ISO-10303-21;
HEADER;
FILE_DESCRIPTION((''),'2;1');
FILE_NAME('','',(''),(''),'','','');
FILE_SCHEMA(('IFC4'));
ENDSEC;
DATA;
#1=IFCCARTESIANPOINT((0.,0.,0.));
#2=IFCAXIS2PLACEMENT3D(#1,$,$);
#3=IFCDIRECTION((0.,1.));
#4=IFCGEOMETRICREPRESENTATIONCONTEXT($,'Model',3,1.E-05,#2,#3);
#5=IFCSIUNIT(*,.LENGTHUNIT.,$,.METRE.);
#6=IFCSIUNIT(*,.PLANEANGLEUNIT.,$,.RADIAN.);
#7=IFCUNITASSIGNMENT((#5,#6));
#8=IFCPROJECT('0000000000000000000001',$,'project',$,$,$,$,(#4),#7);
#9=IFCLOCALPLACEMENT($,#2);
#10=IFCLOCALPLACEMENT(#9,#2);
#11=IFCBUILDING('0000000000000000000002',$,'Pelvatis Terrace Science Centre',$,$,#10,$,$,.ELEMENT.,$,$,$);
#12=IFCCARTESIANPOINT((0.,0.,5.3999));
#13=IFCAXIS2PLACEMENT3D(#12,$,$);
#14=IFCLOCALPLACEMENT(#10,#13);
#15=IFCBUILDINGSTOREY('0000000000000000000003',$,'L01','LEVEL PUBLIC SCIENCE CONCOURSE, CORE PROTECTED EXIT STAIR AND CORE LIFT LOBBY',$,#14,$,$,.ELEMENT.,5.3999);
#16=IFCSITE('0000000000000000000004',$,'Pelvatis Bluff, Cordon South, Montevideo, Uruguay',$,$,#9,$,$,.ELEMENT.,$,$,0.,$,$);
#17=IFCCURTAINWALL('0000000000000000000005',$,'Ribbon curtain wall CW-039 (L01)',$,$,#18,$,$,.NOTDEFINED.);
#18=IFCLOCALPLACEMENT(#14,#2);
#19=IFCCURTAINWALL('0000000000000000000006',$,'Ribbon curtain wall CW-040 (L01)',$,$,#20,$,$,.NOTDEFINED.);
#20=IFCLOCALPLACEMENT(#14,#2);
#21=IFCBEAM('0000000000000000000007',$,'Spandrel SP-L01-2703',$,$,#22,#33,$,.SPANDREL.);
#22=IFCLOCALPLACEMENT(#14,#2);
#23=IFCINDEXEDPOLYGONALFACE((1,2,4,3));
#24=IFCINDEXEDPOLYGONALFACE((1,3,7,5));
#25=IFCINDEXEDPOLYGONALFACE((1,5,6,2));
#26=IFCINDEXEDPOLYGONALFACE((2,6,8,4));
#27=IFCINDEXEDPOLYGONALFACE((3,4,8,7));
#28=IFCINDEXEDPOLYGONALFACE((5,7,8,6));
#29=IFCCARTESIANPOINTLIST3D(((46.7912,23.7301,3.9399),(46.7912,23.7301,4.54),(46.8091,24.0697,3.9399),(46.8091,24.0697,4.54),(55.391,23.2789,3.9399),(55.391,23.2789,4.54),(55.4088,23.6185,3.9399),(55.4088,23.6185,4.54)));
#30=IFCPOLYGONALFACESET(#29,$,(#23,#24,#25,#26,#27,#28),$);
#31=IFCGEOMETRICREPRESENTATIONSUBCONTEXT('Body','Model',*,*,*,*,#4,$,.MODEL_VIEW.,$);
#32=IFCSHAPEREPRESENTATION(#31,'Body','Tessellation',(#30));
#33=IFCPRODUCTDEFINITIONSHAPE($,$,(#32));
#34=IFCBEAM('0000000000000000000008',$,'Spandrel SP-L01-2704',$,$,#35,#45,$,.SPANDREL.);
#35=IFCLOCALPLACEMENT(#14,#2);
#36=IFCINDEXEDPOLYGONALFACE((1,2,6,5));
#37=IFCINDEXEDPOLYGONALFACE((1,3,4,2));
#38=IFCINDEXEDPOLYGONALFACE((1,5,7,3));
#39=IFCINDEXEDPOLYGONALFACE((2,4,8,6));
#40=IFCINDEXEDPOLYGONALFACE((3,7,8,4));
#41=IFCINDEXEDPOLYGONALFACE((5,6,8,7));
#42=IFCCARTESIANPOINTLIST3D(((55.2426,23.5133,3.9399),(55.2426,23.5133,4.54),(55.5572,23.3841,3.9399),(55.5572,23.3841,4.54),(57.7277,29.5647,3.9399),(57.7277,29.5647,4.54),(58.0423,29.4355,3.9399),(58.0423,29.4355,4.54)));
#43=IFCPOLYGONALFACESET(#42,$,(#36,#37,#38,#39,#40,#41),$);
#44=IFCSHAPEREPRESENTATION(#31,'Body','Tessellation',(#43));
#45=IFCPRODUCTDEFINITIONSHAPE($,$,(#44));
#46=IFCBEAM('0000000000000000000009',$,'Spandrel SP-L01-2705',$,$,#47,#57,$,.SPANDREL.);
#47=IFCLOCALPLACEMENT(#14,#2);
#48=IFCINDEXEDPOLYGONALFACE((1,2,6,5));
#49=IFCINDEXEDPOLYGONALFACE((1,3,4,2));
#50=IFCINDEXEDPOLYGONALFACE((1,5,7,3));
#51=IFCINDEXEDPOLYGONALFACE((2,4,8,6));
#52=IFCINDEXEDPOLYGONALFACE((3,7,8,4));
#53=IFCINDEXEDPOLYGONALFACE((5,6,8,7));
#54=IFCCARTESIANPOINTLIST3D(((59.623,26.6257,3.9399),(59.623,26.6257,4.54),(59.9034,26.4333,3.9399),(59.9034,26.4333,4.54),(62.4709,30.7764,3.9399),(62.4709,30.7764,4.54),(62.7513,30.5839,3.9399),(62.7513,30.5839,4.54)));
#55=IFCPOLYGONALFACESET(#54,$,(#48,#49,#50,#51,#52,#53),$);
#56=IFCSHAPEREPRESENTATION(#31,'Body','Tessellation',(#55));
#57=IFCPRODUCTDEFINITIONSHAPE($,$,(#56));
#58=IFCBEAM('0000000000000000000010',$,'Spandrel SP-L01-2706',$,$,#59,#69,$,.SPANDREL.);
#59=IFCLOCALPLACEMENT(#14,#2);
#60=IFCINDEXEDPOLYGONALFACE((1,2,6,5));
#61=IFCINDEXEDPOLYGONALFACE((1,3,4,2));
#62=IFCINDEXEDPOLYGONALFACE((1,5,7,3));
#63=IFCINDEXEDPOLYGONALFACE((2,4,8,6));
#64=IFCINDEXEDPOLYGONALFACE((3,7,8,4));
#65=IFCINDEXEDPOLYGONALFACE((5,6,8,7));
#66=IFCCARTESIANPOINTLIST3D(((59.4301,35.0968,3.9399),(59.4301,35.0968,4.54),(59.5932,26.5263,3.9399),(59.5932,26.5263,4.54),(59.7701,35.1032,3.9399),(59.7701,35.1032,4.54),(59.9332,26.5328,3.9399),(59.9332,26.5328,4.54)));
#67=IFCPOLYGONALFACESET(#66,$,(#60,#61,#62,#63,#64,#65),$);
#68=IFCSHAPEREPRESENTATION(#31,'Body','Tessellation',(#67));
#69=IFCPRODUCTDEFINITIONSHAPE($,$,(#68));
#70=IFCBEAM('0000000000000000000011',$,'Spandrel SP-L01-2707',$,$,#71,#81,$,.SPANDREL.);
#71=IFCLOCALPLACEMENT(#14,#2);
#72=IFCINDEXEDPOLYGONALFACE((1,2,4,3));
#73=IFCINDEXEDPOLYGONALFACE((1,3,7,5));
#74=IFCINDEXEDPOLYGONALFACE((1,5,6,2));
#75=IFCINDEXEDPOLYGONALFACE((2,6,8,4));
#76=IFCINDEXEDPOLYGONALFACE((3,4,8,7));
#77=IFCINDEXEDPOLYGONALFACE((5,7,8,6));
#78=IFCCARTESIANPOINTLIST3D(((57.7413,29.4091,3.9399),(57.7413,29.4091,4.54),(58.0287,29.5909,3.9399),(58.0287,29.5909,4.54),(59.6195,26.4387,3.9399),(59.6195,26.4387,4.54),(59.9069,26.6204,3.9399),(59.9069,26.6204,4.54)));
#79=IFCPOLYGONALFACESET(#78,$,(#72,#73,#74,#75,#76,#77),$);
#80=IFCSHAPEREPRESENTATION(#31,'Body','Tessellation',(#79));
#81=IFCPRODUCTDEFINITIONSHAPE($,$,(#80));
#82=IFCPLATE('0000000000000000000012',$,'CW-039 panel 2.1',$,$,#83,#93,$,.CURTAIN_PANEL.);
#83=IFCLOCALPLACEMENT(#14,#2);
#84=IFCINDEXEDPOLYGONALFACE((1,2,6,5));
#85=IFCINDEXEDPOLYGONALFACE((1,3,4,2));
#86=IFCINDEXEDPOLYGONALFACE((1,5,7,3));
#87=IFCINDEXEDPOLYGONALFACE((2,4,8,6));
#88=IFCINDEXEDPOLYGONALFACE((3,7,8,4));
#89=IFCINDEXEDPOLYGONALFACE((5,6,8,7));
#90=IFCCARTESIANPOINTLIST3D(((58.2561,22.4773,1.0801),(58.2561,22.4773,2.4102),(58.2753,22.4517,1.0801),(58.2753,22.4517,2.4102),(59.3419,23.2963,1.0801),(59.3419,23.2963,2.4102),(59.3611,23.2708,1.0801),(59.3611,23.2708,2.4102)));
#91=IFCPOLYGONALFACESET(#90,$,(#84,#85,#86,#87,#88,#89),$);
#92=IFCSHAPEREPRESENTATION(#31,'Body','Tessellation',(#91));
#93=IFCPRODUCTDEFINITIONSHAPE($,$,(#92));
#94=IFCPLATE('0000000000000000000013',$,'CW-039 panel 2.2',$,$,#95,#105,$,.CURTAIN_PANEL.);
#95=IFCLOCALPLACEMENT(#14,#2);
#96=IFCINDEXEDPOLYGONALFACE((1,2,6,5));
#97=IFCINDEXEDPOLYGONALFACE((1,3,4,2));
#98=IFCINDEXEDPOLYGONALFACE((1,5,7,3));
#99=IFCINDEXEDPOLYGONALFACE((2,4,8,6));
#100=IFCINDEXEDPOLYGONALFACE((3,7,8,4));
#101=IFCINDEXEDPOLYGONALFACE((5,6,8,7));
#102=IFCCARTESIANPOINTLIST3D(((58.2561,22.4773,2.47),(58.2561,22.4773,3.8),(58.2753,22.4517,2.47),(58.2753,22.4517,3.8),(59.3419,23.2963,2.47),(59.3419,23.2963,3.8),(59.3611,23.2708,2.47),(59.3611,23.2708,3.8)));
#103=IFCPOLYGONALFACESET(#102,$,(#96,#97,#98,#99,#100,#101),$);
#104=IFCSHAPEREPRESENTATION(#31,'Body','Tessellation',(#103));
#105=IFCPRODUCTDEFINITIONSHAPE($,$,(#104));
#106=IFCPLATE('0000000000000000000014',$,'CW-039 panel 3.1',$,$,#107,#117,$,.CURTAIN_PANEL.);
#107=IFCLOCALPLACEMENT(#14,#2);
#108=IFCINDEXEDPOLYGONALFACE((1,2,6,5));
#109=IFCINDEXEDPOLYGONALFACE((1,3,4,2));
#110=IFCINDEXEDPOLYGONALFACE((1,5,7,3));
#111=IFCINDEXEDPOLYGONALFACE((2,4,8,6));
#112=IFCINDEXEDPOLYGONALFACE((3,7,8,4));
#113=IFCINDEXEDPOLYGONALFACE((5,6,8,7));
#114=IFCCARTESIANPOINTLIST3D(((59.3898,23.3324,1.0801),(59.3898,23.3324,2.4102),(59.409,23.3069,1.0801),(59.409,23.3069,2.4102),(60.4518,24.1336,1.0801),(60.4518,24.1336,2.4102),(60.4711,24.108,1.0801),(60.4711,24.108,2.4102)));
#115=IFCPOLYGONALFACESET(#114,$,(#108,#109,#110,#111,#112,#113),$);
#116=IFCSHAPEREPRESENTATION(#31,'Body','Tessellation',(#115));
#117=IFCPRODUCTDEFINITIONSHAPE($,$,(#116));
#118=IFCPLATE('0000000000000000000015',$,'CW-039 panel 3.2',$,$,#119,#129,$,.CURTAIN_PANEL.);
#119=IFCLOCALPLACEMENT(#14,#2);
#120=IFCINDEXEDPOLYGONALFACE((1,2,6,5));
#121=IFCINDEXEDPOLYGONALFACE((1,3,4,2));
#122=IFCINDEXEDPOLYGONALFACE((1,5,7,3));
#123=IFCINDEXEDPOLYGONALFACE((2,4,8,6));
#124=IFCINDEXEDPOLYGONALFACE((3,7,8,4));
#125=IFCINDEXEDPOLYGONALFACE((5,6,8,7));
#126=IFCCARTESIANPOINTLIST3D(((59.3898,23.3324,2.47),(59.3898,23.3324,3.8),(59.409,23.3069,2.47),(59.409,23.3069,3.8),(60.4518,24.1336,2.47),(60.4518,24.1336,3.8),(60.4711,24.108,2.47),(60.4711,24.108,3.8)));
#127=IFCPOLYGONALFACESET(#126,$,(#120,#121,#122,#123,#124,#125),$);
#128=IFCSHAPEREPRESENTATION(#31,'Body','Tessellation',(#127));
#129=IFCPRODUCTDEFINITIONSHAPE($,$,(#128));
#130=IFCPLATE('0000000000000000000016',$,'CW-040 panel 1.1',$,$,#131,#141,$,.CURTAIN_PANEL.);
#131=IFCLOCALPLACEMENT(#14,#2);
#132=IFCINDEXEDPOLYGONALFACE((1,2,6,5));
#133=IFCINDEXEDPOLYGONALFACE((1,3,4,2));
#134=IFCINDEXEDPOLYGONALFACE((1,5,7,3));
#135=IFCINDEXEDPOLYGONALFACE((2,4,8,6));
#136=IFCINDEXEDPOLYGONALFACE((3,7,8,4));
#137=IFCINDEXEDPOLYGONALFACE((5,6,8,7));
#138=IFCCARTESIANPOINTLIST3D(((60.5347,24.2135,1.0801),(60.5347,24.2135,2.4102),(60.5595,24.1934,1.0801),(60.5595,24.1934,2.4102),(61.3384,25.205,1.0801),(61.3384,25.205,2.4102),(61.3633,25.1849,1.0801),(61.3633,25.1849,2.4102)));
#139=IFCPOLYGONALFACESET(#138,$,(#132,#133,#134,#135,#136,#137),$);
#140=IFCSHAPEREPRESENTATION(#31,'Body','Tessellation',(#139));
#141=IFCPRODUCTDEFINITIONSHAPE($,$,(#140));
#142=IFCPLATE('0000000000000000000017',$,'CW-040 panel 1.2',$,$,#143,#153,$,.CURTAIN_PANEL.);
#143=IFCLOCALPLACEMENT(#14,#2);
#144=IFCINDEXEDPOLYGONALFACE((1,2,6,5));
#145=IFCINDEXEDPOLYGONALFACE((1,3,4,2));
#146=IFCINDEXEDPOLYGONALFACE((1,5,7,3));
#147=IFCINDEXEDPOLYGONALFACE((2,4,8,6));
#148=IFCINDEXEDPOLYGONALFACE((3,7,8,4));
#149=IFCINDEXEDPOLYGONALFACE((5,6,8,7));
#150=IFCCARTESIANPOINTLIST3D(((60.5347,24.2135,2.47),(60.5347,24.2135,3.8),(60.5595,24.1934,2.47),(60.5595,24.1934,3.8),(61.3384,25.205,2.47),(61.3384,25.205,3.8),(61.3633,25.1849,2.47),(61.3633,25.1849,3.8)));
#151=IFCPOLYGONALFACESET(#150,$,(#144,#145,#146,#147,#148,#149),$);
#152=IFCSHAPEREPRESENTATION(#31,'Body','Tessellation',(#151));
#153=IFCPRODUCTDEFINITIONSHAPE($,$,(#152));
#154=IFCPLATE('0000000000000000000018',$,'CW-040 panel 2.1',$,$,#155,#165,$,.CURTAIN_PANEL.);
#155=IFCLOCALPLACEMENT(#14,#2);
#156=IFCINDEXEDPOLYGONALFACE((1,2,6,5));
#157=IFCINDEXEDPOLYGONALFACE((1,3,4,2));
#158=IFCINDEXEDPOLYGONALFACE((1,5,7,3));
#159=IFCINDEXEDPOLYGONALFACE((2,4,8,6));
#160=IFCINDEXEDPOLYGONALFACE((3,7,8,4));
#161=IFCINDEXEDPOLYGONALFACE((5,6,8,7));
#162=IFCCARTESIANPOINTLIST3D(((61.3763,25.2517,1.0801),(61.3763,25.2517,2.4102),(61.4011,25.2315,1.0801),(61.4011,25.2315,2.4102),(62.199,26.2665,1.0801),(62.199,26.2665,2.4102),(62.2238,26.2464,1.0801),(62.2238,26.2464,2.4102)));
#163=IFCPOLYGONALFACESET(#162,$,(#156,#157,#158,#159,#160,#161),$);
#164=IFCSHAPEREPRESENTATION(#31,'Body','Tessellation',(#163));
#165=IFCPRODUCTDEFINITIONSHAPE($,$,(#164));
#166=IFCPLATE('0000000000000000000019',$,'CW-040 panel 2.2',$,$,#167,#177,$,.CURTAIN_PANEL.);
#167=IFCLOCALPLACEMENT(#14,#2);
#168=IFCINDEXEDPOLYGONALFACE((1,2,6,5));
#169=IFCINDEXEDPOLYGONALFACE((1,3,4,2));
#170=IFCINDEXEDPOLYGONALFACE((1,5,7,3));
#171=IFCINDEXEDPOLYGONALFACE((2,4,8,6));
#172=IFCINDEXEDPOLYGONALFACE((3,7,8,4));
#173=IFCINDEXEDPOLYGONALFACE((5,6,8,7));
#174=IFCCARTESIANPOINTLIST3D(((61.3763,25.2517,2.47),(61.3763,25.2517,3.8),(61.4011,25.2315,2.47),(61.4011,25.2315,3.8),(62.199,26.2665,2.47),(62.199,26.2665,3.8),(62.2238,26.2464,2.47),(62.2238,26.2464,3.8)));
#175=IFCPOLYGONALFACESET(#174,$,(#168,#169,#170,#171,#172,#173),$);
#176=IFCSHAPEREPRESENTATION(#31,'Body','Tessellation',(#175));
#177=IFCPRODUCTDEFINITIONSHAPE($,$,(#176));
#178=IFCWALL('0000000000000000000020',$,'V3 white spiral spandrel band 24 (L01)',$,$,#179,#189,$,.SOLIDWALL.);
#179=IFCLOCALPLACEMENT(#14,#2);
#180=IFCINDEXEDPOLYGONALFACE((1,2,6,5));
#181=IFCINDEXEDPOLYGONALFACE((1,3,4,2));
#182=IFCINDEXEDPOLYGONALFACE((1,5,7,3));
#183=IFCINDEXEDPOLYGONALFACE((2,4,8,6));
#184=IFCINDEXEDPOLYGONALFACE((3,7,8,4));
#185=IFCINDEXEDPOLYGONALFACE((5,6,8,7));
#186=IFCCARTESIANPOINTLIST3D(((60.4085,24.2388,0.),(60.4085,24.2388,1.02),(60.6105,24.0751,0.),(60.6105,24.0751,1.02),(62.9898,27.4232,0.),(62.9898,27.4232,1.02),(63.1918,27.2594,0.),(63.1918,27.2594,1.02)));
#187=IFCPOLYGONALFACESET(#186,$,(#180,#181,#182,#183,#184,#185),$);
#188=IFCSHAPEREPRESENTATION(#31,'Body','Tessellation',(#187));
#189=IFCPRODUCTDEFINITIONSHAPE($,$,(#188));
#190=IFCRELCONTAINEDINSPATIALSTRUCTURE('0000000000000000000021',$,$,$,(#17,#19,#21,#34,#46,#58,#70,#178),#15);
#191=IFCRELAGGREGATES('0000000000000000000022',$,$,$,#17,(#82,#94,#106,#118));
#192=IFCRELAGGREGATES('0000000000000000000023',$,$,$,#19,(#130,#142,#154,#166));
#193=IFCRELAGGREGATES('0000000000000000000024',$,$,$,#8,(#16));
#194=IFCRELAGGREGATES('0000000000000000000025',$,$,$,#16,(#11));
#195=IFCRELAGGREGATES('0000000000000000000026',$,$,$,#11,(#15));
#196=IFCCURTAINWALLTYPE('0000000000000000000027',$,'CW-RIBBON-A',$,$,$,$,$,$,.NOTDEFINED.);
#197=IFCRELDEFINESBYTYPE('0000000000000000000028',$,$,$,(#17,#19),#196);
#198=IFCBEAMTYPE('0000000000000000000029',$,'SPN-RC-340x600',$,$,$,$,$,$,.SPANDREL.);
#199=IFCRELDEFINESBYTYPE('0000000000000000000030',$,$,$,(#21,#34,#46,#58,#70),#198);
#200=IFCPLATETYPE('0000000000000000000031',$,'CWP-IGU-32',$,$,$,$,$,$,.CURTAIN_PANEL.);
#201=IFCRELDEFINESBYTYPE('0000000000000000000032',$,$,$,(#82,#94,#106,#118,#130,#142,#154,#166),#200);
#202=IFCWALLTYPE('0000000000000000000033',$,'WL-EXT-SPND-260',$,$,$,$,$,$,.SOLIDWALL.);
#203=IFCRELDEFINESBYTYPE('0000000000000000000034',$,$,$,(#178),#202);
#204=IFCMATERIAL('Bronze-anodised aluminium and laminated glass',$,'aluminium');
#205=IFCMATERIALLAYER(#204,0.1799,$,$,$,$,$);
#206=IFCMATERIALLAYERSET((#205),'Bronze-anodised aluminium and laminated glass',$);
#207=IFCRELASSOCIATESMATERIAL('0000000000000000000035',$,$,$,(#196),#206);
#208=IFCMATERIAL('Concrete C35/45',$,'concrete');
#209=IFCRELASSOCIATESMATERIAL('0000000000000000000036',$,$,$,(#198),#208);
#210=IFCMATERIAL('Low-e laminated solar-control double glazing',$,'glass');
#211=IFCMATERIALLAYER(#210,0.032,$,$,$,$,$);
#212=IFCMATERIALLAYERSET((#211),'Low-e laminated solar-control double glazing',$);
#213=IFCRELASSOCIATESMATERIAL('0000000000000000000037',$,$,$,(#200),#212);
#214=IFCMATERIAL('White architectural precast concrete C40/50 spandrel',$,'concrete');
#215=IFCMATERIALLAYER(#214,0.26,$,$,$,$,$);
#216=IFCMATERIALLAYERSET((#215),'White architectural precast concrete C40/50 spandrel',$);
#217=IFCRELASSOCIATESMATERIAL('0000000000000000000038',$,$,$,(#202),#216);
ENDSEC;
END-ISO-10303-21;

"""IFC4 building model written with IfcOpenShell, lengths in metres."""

from ifc_helpers import new_model, si_unit, direction, frame, frame_2d, origin, origin_2d, place, context, subcontext, project, spatial, rectangle, extrude, material, layer, layer_set, material_profile, profile_set, type_object, element, aggregate, save


model = new_model("IFC4")

# Units and contexts
model_context = context("Model", 3, precision=1e-05, world=origin(), true_north=direction((0.0, 1.0)))
body_context = subcontext(model_context, "Body", "Model", "MODEL_VIEW")
ifc_project = project(units=[si_unit("LENGTHUNIT", "METRE"), si_unit("PLANEANGLEUNIT", "RADIAN")], contexts=[model_context])

# Site, building, storey
site_placement = place(None, origin())
site = spatial("IfcSite", under=ifc_project, at=site_placement, Name="Pelvatis Bluff, Cordon South, Montevideo, Uruguay", CompositionType="ELEMENT", RefElevation=0.0)
building_placement = place(site_placement, origin())
building = spatial("IfcBuilding", under=site, at=building_placement, Name="Pelvatis Terrace Science Centre", CompositionType="ELEMENT")
storey_placement = place(building_placement, frame((0.0, 0.0, 5.3999)))
storey = spatial("IfcBuildingStorey", under=building, at=storey_placement, Name="L01", Description="LEVEL PUBLIC SCIENCE CONCOURSE, CORE PROTECTED EXIT STAIR AND CORE LIFT LOBBY", CompositionType="ELEMENT", Elevation=5.3999)

# Curtain walls
ifc_material_1 = material(Name="Bronze-anodised aluminium and laminated glass", Category="aluminium")
ifc_layer_1 = layer(ifc_material_1, 0.1799)
ifc_layer_set_1 = layer_set([ifc_layer_1], Name="Bronze-anodised aluminium and laminated glass")
curtain_wall_type = type_object("IfcCurtainWallType", Name="CW-RIBBON-A", PredefinedType="NOTDEFINED", material=ifc_layer_set_1)
curtain_wall_1_placement = place(storey_placement, origin())
curtain_wall_1 = element("IfcCurtainWall", 1, at=curtain_wall_1_placement, inside=storey, type_object=curtain_wall_type, Name="Ribbon curtain wall CW-039 (L01)", PredefinedType="NOTDEFINED")
curtain_wall_2_placement = place(storey_placement, origin())
curtain_wall_2 = element("IfcCurtainWall", 2, at=curtain_wall_2_placement, inside=storey, type_object=curtain_wall_type, Name="Ribbon curtain wall CW-040 (L01)", PredefinedType="NOTDEFINED")

# Beams
ifc_material_2 = material(Name="Concrete C35/45", Category="concrete")
ifc_material_profile_1 = material_profile(ifc_material_2, rectangle(XDim=0.3401, YDim=0.6001, at=origin_2d()), Name="RC-SPN 340x600")
ifc_profile_set_1 = profile_set([ifc_material_profile_1], Name="Concrete C35/45")
beam_type = type_object("IfcBeamType", Name="SPN-RC-340x600", PredefinedType="SPANDREL", material=ifc_profile_set_1)
beam_1_placement = place(storey_placement, frame((55.3999, 23.4487, 4.24), z_axis=(-0.998627, 0.052391, 0.0), x_axis=(-0.052391, -0.998627, 0.0)))
element("IfcBeam", 3, at=beam_1_placement, inside=storey, type_object=beam_type, Name="Spandrel SP-L01-2703", PredefinedType="SPANDREL", context=body_context, shape_type="SweptSolid", body=[
    extrude(rectangle(XDim=0.3401, YDim=0.6001, at=origin_2d()), origin(), (0.0, 0.0, 1.0), 8.6116),
])
beam_2_placement = place(storey_placement, frame((55.3999, 23.4487, 4.24), z_axis=(0.379888, 0.925032, 0.0), x_axis=(-0.925032, 0.379888, 0.0)))
element("IfcBeam", 4, at=beam_2_placement, inside=storey, type_object=beam_type, Name="Spandrel SP-L01-2704", PredefinedType="SPANDREL", context=body_context, shape_type="SweptSolid", body=[
    extrude(rectangle(XDim=0.3401, YDim=0.6001, at=origin_2d()), origin(), (0.0, 0.0, 1.0), 6.5417),
])
beam_3_placement = place(storey_placement, frame((59.7632, 26.5295, 4.24), z_axis=(0.565765, 0.824567, 0.0), x_axis=(-0.824567, 0.565765, 0.0)))
element("IfcBeam", 5, at=beam_3_placement, inside=storey, type_object=beam_type, Name="Spandrel SP-L01-2705", PredefinedType="SPANDREL", context=body_context, shape_type="SweptSolid", body=[
    extrude(rectangle(XDim=0.3401, YDim=0.6001, at=origin_2d()), origin(), (0.0, 0.0, 1.0), 5.0337),
])
beam_4_placement = place(storey_placement, frame((59.7632, 26.5295, 4.24), z_axis=(-0.019025, 0.999819, 0.0), x_axis=(-0.999819, -0.019025, 0.0)))
element("IfcBeam", 6, at=beam_4_placement, inside=storey, type_object=beam_type, Name="Spandrel SP-L01-2706", PredefinedType="SPANDREL", context=body_context, shape_type="SweptSolid", body=[
    extrude(rectangle(XDim=0.3401, YDim=0.6001, at=origin_2d()), origin(), (0.0, 0.0, 1.0), 8.572),
])
beam_5_placement = place(storey_placement, frame((59.7632, 26.5295, 4.24), z_axis=(-0.534419, 0.84522, 0.0), x_axis=(-0.84522, -0.534419, 0.0)))
element("IfcBeam", 7, at=beam_5_placement, inside=storey, type_object=beam_type, Name="Spandrel SP-L01-2707", PredefinedType="SPANDREL", context=body_context, shape_type="SweptSolid", body=[
    extrude(rectangle(XDim=0.3401, YDim=0.6001, at=origin_2d()), origin(), (0.0, 0.0, 1.0), 3.5144),
])

# Plates
ifc_material_3 = material(Name="Low-e laminated solar-control double glazing", Category="glass")
ifc_layer_2 = layer(ifc_material_3, 0.032)
ifc_layer_set_2 = layer_set([ifc_layer_2], Name="Low-e laminated solar-control double glazing")
plate_type = type_object("IfcPlateType", Name="CWP-IGU-32", PredefinedType="CURTAIN_PANEL", material=ifc_layer_set_2)
plate_1_placement = place(storey_placement, frame((58.8086, 22.874, 1.0801), z_axis=(0.0, 0.0, 1.0), x_axis=(0.798335, 0.602213, 0.0)))
plate_1 = element("IfcPlate", 8, at=plate_1_placement, type_object=plate_type, Name="CW-039 panel 2.1", PredefinedType="CURTAIN_PANEL", context=body_context, shape_type="SweptSolid", body=[
    extrude(rectangle(XDim=1.3601, YDim=0.032, at=origin_2d()), origin(), (0.0, 0.0, 1.0), 1.3301),
])
plate_2_placement = place(storey_placement, frame((58.8086, 22.874, 2.47), z_axis=(0.0, 0.0, 1.0), x_axis=(0.798335, 0.602213, 0.0)))
plate_2 = element("IfcPlate", 9, at=plate_2_placement, type_object=plate_type, Name="CW-039 panel 2.2", PredefinedType="CURTAIN_PANEL", context=body_context, shape_type="SweptSolid", body=[
    extrude(rectangle(XDim=1.3601, YDim=0.032, at=origin_2d()), origin(), (0.0, 0.0, 1.0), 1.3301),
])
plate_3_placement = place(storey_placement, frame((59.9304, 23.7202, 1.0801), z_axis=(0.0, 0.0, 1.0), x_axis=(0.798335, 0.602213, 0.0)))
plate_3 = element("IfcPlate", 10, at=plate_3_placement, type_object=plate_type, Name="CW-039 panel 3.1", PredefinedType="CURTAIN_PANEL", context=body_context, shape_type="SweptSolid", body=[
    extrude(rectangle(XDim=1.3303, YDim=0.032, at=origin_2d()), origin(), (0.0, 0.0, 1.0), 1.3301),
])
plate_4_placement = place(storey_placement, frame((59.9304, 23.7202, 2.47), z_axis=(0.0, 0.0, 1.0), x_axis=(0.798335, 0.602213, 0.0)))
plate_4 = element("IfcPlate", 11, at=plate_4_placement, type_object=plate_type, Name="CW-039 panel 3.2", PredefinedType="CURTAIN_PANEL", context=body_context, shape_type="SweptSolid", body=[
    extrude(rectangle(XDim=1.3303, YDim=0.032, at=origin_2d()), origin(), (0.0, 0.0, 1.0), 1.3301),
])
aggregate(curtain_wall_1, [plate_1, plate_2, plate_3, plate_4])
plate_5_placement = place(storey_placement, frame((60.949, 24.6992, 1.0801), z_axis=(0.0, 0.0, 1.0), x_axis=(0.629734, 0.776811, 0.0)))
plate_5 = element("IfcPlate", 12, at=plate_5_placement, type_object=plate_type, Name="CW-040 panel 1.1", PredefinedType="CURTAIN_PANEL", context=body_context, shape_type="SweptSolid", body=[
    extrude(rectangle(XDim=1.2764, YDim=0.032, at=origin_2d()), origin(), (0.0, 0.0, 1.0), 1.3301),
])
plate_6_placement = place(storey_placement, frame((60.949, 24.6992, 2.47), z_axis=(0.0, 0.0, 1.0), x_axis=(0.629734, 0.776811, 0.0)))
plate_6 = element("IfcPlate", 13, at=plate_6_placement, type_object=plate_type, Name="CW-040 panel 1.2", PredefinedType="CURTAIN_PANEL", context=body_context, shape_type="SweptSolid", body=[
    extrude(rectangle(XDim=1.2764, YDim=0.032, at=origin_2d()), origin(), (0.0, 0.0, 1.0), 1.3301),
])
plate_7_placement = place(storey_placement, frame((61.8, 25.749, 1.0801), z_axis=(0.0, 0.0, 1.0), x_axis=(0.629734, 0.776811, 0.0)))
plate_7 = element("IfcPlate", 14, at=plate_7_placement, type_object=plate_type, Name="CW-040 panel 2.1", PredefinedType="CURTAIN_PANEL", context=body_context, shape_type="SweptSolid", body=[
    extrude(rectangle(XDim=1.3064, YDim=0.032, at=origin_2d()), origin(), (0.0, 0.0, 1.0), 1.3301),
])
plate_8_placement = place(storey_placement, frame((61.8, 25.749, 2.47), z_axis=(0.0, 0.0, 1.0), x_axis=(0.629734, 0.776811, 0.0)))
plate_8 = element("IfcPlate", 15, at=plate_8_placement, type_object=plate_type, Name="CW-040 panel 2.2", PredefinedType="CURTAIN_PANEL", context=body_context, shape_type="SweptSolid", body=[
    extrude(rectangle(XDim=1.3064, YDim=0.032, at=origin_2d()), origin(), (0.0, 0.0, 1.0), 1.3301),
])
aggregate(curtain_wall_2, [plate_5, plate_6, plate_7, plate_8])

# Wall
ifc_material_4 = material(Name="White architectural precast concrete C40/50 spandrel", Category="concrete")
ifc_layer_3 = layer(ifc_material_4, 0.26)
ifc_layer_set_3 = layer_set([ifc_layer_3], Name="White architectural precast concrete C40/50 spandrel")
wall_type_1 = type_object("IfcWallType", Name="WL-EXT-SPND-260", PredefinedType="SOLIDWALL", material=ifc_layer_set_3)
wall_1_placement = place(storey_placement, frame((60.5095, 24.157, 0.0), z_axis=(0.0, 0.0, 1.0), x_axis=(0.629716, 0.776826, 0.0)))
element("IfcWall", 16, at=wall_1_placement, inside=storey, type_object=wall_type_1, Name="V3 white spiral spandrel band 24 (L01)", PredefinedType="SOLIDWALL", context=body_context, shape_type="SweptSolid", body=[
    extrude(rectangle(XDim=4.0991, YDim=0.26, at=frame_2d((2.0496, 0.0))), origin(), (0.0, 0.0, 1.0), 1.02),
])

save(model, "model.ifc")
